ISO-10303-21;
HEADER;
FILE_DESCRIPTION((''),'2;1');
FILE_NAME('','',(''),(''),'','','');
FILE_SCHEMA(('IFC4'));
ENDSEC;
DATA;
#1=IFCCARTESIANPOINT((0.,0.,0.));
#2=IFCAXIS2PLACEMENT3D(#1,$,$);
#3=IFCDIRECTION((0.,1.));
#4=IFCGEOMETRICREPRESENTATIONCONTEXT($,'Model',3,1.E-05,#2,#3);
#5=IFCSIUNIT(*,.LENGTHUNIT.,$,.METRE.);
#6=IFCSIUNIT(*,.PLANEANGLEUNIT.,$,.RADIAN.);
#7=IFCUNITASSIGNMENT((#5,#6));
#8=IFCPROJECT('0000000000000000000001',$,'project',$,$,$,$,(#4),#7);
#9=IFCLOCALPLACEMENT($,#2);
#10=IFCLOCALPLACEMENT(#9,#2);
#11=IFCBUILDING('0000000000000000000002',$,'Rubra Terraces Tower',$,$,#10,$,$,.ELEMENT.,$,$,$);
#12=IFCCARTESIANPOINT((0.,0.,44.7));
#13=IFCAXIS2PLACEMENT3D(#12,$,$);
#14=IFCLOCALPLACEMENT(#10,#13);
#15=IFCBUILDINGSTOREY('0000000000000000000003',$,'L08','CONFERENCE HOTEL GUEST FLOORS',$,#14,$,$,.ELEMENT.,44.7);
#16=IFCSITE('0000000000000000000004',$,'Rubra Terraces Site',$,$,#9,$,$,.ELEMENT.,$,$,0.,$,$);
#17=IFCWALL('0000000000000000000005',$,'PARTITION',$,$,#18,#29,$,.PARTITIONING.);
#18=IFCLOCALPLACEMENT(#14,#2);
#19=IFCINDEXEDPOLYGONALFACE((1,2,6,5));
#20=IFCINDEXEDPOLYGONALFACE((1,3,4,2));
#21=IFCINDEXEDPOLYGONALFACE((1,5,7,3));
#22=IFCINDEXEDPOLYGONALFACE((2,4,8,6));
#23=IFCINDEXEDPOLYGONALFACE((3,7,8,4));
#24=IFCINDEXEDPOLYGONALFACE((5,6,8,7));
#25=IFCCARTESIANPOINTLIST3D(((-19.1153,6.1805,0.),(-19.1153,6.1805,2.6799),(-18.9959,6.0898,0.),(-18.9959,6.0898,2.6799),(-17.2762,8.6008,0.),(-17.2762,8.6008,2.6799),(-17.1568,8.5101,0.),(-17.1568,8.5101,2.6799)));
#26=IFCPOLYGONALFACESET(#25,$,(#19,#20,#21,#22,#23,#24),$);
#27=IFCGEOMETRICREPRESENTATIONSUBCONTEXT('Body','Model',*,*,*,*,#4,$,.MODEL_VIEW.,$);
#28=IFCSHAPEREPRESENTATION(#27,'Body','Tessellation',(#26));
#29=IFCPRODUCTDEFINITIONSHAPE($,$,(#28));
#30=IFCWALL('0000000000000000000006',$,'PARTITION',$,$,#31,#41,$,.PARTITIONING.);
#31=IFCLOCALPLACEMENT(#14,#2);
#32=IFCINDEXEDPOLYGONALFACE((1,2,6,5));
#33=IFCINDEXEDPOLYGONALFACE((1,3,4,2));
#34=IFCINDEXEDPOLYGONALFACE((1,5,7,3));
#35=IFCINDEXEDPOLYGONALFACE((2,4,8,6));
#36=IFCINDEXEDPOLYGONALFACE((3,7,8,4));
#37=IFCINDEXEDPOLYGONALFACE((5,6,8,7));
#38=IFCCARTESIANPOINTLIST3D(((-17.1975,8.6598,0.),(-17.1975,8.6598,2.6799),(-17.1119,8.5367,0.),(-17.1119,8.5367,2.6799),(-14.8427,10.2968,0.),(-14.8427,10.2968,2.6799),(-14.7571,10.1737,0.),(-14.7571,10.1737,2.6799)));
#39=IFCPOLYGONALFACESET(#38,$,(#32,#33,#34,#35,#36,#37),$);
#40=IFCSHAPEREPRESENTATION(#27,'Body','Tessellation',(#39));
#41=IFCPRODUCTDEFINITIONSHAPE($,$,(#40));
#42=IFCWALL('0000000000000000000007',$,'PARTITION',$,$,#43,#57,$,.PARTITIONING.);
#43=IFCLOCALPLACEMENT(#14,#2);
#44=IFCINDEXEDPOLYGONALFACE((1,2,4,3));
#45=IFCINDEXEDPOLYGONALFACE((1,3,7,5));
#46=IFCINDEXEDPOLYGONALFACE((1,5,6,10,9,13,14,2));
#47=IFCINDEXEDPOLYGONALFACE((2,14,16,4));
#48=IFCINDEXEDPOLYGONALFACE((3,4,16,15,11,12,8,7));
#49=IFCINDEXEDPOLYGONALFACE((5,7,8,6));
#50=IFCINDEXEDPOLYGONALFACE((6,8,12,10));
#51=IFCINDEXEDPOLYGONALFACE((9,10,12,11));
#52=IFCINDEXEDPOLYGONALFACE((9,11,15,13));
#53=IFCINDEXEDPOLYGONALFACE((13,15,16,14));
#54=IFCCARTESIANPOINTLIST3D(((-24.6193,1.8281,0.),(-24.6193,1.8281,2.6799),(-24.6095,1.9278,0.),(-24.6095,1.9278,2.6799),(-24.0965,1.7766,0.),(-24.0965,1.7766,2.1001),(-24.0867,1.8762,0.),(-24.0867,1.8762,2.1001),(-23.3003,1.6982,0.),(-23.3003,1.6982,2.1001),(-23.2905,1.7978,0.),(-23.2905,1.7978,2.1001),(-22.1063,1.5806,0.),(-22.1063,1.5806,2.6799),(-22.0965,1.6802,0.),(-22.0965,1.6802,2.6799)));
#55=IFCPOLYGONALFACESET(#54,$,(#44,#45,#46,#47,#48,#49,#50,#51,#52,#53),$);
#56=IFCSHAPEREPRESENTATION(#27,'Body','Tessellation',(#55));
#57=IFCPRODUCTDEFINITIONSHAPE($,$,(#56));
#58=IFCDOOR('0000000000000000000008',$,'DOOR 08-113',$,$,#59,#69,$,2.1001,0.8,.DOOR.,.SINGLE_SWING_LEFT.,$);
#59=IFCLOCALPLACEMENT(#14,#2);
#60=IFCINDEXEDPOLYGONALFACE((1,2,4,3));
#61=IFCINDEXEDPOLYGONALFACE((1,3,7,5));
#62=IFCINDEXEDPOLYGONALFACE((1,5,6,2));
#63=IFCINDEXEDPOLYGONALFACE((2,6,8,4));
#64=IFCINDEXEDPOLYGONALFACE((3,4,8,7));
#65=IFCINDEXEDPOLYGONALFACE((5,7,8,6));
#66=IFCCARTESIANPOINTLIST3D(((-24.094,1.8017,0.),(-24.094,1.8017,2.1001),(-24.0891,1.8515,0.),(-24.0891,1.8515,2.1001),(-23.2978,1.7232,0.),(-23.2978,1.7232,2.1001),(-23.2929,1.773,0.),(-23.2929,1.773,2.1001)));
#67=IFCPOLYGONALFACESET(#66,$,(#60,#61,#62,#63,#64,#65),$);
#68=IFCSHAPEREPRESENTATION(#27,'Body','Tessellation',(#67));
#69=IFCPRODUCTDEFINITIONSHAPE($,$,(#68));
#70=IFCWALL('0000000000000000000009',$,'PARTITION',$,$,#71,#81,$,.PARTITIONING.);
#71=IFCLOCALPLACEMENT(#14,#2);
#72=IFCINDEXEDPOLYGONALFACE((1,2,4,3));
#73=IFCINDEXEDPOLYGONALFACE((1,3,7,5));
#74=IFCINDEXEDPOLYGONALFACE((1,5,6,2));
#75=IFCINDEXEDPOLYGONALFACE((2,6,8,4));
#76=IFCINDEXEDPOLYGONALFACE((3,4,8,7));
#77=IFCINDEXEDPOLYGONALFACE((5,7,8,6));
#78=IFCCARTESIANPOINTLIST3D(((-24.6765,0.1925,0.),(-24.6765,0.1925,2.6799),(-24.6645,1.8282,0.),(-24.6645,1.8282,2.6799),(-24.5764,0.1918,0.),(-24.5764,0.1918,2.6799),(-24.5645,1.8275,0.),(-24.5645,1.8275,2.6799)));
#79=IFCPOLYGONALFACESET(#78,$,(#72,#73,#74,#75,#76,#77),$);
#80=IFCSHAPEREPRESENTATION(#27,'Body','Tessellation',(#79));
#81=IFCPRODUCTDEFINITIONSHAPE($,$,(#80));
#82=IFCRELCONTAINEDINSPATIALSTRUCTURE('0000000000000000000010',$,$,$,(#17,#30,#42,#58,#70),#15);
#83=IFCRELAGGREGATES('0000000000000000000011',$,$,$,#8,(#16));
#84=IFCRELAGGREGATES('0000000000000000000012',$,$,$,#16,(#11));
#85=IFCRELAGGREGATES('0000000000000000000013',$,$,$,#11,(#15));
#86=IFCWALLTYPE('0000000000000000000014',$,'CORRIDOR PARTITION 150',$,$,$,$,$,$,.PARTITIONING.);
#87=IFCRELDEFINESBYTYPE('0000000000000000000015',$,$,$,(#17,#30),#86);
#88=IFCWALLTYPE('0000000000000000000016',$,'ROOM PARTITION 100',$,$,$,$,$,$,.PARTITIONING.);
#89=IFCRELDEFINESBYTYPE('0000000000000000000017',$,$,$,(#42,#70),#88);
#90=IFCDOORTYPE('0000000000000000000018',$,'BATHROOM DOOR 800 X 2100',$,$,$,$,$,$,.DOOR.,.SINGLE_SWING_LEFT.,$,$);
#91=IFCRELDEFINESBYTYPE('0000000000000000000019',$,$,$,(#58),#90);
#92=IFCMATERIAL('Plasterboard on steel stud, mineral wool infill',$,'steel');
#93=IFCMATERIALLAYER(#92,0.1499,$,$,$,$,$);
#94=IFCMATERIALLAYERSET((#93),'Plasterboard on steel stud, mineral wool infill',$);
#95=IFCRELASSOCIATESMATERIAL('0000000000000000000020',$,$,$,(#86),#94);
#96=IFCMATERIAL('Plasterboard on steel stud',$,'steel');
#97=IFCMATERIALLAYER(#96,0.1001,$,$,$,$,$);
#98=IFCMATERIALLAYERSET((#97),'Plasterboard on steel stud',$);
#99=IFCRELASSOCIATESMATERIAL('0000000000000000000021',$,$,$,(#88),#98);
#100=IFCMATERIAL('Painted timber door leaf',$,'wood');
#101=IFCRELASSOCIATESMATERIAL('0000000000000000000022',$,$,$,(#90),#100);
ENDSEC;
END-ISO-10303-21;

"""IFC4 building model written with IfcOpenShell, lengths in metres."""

from ifc_helpers import new_model, si_unit, direction, frame, frame_2d, origin, place, context, subcontext, project, spatial, rectangle, extrude, material, layer, layer_set, type_object, element, fill, save


model = new_model("IFC4")

# Units and contexts
model_context = context("Model", 3, precision=1e-05, world=origin(), true_north=direction((0.0, 1.0)))
body_context = subcontext(model_context, "Body", "Model", "MODEL_VIEW")
ifc_project = project(units=[si_unit("LENGTHUNIT", "METRE"), si_unit("PLANEANGLEUNIT", "RADIAN")], contexts=[model_context])

# Site, building, storey
site_placement = place(None, origin())
site = spatial("IfcSite", under=ifc_project, at=site_placement, Name="Rubra Terraces Site", CompositionType="ELEMENT", RefElevation=0.0)
building_placement = place(site_placement, origin())
building = spatial("IfcBuilding", under=site, at=building_placement, Name="Rubra Terraces Tower", CompositionType="ELEMENT")
storey_placement = place(building_placement, frame((0.0, 0.0, 44.7)))
storey = spatial("IfcBuildingStorey", under=building, at=storey_placement, Name="L08", Description="CONFERENCE HOTEL GUEST FLOORS", CompositionType="ELEMENT", Elevation=44.7)

# Shared definitions
ifc_material_1 = material(Name="Plasterboard on steel stud, mineral wool infill", Category="steel")
ifc_layer_1 = layer(ifc_material_1, 0.1499)
ifc_layer_set_1 = layer_set([ifc_layer_1], Name="Plasterboard on steel stud, mineral wool infill")
wall_type_1 = type_object("IfcWallType", Name="CORRIDOR PARTITION 150", PredefinedType="PARTITIONING", material=ifc_layer_set_1)

# Shared definitions
ifc_material_2 = material(Name="Painted timber door leaf", Category="wood")

# Walls
wall_1_placement = place(storey_placement, frame((-19.0557, 6.135, 0.0), z_axis=(0.0, 0.0, 1.0), x_axis=(0.605, 0.796226, 0.0)))
element("IfcWall", 1, at=wall_1_placement, inside=storey, type_object=wall_type_1, Name="PARTITION", PredefinedType="PARTITIONING", context=body_context, shape_type="SweptSolid", body=[
    extrude(rectangle(XDim=3.0398, YDim=0.1499, at=frame_2d((1.52, 0.0))), origin(), (0.0, 0.0, 1.0), 2.6799),
])
wall_2_placement = place(storey_placement, frame((-17.1548, 8.5981, 0.0), z_axis=(0.0, 0.0, 1.0), x_axis=(0.821087, 0.570803, 0.0)))
element("IfcWall", 2, at=wall_2_placement, inside=storey, type_object=wall_type_1, Name="PARTITION", PredefinedType="PARTITIONING", context=body_context, shape_type="SweptSolid", body=[
    extrude(rectangle(XDim=2.8679, YDim=0.1499, at=frame_2d((1.4341, 0.0))), origin(), (0.0, 0.0, 1.0), 2.6799),
])

# Wall, opening, door
ifc_material_3 = material(Name="Plasterboard on steel stud", Category="steel")
ifc_layer_2 = layer(ifc_material_3, 0.1001)
ifc_layer_set_2 = layer_set([ifc_layer_2], Name="Plasterboard on steel stud")
wall_type_2 = type_object("IfcWallType", Name="ROOM PARTITION 100", PredefinedType="PARTITIONING", material=ifc_layer_set_2)
wall_3_placement = place(storey_placement, frame((-22.1013, 1.6304, 0.0), z_axis=(0.0, 0.0, 1.0), x_axis=(-0.995183, 0.098039, 0.0)))
wall_3 = element("IfcWall", 3, at=wall_3_placement, inside=storey, type_object=wall_type_2, Name="PARTITION", PredefinedType="PARTITIONING", context=body_context, shape_type="SweptSolid", body=[
    extrude(rectangle(XDim=2.5251, YDim=0.1001, at=frame_2d((1.2627, 0.0))), origin(), (0.0, 0.0, 1.0), 2.6799),
])
opening_1_placement = place(wall_3_placement, frame((1.2, 0.0, 0.0)))
opening_1 = element("IfcOpeningElement", 4, at=opening_1_placement, cuts=wall_3, PredefinedType="OPENING", context=body_context, shape_type="SweptSolid", body=[
    extrude(rectangle(XDim=0.8, YDim=2.1001, at=frame_2d((0.3999, 1.05))), frame((0.0, 0.0601, 0.0), z_axis=(0.0, -1.0, 0.0), x_axis=(1.0, 0.0, 0.0)), (0.0, 0.0, 1.0), 0.1201),
])
door_type_1 = type_object("IfcDoorType", Name="BATHROOM DOOR 800 X 2100", OperationType="SINGLE_SWING_LEFT", PredefinedType="DOOR", material=ifc_material_2)
door_1_placement = place(opening_1_placement, origin())
door_1 = element("IfcDoor", 5, at=door_1_placement, inside=storey, type_object=door_type_1, Name="DOOR 08-113", OperationType="SINGLE_SWING_LEFT", OverallHeight=2.1001, OverallWidth=0.8, PredefinedType="DOOR", context=body_context, shape_type="SweptSolid", body=[
    extrude(rectangle(XDim=0.8, YDim=2.1001, at=frame_2d((0.3999, 1.05))), frame((0.0, 0.0249, 0.0), z_axis=(0.0, -1.0, 0.0), x_axis=(1.0, 0.0, 0.0)), (0.0, 0.0, 1.0), 0.05),
])
fill(opening_1, door_1)

# Wall
wall_4_placement = place(storey_placement, frame((-24.6145, 1.8279, 0.0), z_axis=(0.0, 0.0, 1.0), x_axis=(-0.007313, -0.999973, 0.0)))
element("IfcWall", 6, at=wall_4_placement, inside=storey, type_object=wall_type_2, Name="PARTITION", PredefinedType="PARTITIONING", context=body_context, shape_type="SweptSolid", body=[
    extrude(rectangle(XDim=1.6357, YDim=0.1001, at=frame_2d((0.8179, 0.0))), origin(), (0.0, 0.0, 1.0), 2.6799),
])

save(model, "model.ifc")
